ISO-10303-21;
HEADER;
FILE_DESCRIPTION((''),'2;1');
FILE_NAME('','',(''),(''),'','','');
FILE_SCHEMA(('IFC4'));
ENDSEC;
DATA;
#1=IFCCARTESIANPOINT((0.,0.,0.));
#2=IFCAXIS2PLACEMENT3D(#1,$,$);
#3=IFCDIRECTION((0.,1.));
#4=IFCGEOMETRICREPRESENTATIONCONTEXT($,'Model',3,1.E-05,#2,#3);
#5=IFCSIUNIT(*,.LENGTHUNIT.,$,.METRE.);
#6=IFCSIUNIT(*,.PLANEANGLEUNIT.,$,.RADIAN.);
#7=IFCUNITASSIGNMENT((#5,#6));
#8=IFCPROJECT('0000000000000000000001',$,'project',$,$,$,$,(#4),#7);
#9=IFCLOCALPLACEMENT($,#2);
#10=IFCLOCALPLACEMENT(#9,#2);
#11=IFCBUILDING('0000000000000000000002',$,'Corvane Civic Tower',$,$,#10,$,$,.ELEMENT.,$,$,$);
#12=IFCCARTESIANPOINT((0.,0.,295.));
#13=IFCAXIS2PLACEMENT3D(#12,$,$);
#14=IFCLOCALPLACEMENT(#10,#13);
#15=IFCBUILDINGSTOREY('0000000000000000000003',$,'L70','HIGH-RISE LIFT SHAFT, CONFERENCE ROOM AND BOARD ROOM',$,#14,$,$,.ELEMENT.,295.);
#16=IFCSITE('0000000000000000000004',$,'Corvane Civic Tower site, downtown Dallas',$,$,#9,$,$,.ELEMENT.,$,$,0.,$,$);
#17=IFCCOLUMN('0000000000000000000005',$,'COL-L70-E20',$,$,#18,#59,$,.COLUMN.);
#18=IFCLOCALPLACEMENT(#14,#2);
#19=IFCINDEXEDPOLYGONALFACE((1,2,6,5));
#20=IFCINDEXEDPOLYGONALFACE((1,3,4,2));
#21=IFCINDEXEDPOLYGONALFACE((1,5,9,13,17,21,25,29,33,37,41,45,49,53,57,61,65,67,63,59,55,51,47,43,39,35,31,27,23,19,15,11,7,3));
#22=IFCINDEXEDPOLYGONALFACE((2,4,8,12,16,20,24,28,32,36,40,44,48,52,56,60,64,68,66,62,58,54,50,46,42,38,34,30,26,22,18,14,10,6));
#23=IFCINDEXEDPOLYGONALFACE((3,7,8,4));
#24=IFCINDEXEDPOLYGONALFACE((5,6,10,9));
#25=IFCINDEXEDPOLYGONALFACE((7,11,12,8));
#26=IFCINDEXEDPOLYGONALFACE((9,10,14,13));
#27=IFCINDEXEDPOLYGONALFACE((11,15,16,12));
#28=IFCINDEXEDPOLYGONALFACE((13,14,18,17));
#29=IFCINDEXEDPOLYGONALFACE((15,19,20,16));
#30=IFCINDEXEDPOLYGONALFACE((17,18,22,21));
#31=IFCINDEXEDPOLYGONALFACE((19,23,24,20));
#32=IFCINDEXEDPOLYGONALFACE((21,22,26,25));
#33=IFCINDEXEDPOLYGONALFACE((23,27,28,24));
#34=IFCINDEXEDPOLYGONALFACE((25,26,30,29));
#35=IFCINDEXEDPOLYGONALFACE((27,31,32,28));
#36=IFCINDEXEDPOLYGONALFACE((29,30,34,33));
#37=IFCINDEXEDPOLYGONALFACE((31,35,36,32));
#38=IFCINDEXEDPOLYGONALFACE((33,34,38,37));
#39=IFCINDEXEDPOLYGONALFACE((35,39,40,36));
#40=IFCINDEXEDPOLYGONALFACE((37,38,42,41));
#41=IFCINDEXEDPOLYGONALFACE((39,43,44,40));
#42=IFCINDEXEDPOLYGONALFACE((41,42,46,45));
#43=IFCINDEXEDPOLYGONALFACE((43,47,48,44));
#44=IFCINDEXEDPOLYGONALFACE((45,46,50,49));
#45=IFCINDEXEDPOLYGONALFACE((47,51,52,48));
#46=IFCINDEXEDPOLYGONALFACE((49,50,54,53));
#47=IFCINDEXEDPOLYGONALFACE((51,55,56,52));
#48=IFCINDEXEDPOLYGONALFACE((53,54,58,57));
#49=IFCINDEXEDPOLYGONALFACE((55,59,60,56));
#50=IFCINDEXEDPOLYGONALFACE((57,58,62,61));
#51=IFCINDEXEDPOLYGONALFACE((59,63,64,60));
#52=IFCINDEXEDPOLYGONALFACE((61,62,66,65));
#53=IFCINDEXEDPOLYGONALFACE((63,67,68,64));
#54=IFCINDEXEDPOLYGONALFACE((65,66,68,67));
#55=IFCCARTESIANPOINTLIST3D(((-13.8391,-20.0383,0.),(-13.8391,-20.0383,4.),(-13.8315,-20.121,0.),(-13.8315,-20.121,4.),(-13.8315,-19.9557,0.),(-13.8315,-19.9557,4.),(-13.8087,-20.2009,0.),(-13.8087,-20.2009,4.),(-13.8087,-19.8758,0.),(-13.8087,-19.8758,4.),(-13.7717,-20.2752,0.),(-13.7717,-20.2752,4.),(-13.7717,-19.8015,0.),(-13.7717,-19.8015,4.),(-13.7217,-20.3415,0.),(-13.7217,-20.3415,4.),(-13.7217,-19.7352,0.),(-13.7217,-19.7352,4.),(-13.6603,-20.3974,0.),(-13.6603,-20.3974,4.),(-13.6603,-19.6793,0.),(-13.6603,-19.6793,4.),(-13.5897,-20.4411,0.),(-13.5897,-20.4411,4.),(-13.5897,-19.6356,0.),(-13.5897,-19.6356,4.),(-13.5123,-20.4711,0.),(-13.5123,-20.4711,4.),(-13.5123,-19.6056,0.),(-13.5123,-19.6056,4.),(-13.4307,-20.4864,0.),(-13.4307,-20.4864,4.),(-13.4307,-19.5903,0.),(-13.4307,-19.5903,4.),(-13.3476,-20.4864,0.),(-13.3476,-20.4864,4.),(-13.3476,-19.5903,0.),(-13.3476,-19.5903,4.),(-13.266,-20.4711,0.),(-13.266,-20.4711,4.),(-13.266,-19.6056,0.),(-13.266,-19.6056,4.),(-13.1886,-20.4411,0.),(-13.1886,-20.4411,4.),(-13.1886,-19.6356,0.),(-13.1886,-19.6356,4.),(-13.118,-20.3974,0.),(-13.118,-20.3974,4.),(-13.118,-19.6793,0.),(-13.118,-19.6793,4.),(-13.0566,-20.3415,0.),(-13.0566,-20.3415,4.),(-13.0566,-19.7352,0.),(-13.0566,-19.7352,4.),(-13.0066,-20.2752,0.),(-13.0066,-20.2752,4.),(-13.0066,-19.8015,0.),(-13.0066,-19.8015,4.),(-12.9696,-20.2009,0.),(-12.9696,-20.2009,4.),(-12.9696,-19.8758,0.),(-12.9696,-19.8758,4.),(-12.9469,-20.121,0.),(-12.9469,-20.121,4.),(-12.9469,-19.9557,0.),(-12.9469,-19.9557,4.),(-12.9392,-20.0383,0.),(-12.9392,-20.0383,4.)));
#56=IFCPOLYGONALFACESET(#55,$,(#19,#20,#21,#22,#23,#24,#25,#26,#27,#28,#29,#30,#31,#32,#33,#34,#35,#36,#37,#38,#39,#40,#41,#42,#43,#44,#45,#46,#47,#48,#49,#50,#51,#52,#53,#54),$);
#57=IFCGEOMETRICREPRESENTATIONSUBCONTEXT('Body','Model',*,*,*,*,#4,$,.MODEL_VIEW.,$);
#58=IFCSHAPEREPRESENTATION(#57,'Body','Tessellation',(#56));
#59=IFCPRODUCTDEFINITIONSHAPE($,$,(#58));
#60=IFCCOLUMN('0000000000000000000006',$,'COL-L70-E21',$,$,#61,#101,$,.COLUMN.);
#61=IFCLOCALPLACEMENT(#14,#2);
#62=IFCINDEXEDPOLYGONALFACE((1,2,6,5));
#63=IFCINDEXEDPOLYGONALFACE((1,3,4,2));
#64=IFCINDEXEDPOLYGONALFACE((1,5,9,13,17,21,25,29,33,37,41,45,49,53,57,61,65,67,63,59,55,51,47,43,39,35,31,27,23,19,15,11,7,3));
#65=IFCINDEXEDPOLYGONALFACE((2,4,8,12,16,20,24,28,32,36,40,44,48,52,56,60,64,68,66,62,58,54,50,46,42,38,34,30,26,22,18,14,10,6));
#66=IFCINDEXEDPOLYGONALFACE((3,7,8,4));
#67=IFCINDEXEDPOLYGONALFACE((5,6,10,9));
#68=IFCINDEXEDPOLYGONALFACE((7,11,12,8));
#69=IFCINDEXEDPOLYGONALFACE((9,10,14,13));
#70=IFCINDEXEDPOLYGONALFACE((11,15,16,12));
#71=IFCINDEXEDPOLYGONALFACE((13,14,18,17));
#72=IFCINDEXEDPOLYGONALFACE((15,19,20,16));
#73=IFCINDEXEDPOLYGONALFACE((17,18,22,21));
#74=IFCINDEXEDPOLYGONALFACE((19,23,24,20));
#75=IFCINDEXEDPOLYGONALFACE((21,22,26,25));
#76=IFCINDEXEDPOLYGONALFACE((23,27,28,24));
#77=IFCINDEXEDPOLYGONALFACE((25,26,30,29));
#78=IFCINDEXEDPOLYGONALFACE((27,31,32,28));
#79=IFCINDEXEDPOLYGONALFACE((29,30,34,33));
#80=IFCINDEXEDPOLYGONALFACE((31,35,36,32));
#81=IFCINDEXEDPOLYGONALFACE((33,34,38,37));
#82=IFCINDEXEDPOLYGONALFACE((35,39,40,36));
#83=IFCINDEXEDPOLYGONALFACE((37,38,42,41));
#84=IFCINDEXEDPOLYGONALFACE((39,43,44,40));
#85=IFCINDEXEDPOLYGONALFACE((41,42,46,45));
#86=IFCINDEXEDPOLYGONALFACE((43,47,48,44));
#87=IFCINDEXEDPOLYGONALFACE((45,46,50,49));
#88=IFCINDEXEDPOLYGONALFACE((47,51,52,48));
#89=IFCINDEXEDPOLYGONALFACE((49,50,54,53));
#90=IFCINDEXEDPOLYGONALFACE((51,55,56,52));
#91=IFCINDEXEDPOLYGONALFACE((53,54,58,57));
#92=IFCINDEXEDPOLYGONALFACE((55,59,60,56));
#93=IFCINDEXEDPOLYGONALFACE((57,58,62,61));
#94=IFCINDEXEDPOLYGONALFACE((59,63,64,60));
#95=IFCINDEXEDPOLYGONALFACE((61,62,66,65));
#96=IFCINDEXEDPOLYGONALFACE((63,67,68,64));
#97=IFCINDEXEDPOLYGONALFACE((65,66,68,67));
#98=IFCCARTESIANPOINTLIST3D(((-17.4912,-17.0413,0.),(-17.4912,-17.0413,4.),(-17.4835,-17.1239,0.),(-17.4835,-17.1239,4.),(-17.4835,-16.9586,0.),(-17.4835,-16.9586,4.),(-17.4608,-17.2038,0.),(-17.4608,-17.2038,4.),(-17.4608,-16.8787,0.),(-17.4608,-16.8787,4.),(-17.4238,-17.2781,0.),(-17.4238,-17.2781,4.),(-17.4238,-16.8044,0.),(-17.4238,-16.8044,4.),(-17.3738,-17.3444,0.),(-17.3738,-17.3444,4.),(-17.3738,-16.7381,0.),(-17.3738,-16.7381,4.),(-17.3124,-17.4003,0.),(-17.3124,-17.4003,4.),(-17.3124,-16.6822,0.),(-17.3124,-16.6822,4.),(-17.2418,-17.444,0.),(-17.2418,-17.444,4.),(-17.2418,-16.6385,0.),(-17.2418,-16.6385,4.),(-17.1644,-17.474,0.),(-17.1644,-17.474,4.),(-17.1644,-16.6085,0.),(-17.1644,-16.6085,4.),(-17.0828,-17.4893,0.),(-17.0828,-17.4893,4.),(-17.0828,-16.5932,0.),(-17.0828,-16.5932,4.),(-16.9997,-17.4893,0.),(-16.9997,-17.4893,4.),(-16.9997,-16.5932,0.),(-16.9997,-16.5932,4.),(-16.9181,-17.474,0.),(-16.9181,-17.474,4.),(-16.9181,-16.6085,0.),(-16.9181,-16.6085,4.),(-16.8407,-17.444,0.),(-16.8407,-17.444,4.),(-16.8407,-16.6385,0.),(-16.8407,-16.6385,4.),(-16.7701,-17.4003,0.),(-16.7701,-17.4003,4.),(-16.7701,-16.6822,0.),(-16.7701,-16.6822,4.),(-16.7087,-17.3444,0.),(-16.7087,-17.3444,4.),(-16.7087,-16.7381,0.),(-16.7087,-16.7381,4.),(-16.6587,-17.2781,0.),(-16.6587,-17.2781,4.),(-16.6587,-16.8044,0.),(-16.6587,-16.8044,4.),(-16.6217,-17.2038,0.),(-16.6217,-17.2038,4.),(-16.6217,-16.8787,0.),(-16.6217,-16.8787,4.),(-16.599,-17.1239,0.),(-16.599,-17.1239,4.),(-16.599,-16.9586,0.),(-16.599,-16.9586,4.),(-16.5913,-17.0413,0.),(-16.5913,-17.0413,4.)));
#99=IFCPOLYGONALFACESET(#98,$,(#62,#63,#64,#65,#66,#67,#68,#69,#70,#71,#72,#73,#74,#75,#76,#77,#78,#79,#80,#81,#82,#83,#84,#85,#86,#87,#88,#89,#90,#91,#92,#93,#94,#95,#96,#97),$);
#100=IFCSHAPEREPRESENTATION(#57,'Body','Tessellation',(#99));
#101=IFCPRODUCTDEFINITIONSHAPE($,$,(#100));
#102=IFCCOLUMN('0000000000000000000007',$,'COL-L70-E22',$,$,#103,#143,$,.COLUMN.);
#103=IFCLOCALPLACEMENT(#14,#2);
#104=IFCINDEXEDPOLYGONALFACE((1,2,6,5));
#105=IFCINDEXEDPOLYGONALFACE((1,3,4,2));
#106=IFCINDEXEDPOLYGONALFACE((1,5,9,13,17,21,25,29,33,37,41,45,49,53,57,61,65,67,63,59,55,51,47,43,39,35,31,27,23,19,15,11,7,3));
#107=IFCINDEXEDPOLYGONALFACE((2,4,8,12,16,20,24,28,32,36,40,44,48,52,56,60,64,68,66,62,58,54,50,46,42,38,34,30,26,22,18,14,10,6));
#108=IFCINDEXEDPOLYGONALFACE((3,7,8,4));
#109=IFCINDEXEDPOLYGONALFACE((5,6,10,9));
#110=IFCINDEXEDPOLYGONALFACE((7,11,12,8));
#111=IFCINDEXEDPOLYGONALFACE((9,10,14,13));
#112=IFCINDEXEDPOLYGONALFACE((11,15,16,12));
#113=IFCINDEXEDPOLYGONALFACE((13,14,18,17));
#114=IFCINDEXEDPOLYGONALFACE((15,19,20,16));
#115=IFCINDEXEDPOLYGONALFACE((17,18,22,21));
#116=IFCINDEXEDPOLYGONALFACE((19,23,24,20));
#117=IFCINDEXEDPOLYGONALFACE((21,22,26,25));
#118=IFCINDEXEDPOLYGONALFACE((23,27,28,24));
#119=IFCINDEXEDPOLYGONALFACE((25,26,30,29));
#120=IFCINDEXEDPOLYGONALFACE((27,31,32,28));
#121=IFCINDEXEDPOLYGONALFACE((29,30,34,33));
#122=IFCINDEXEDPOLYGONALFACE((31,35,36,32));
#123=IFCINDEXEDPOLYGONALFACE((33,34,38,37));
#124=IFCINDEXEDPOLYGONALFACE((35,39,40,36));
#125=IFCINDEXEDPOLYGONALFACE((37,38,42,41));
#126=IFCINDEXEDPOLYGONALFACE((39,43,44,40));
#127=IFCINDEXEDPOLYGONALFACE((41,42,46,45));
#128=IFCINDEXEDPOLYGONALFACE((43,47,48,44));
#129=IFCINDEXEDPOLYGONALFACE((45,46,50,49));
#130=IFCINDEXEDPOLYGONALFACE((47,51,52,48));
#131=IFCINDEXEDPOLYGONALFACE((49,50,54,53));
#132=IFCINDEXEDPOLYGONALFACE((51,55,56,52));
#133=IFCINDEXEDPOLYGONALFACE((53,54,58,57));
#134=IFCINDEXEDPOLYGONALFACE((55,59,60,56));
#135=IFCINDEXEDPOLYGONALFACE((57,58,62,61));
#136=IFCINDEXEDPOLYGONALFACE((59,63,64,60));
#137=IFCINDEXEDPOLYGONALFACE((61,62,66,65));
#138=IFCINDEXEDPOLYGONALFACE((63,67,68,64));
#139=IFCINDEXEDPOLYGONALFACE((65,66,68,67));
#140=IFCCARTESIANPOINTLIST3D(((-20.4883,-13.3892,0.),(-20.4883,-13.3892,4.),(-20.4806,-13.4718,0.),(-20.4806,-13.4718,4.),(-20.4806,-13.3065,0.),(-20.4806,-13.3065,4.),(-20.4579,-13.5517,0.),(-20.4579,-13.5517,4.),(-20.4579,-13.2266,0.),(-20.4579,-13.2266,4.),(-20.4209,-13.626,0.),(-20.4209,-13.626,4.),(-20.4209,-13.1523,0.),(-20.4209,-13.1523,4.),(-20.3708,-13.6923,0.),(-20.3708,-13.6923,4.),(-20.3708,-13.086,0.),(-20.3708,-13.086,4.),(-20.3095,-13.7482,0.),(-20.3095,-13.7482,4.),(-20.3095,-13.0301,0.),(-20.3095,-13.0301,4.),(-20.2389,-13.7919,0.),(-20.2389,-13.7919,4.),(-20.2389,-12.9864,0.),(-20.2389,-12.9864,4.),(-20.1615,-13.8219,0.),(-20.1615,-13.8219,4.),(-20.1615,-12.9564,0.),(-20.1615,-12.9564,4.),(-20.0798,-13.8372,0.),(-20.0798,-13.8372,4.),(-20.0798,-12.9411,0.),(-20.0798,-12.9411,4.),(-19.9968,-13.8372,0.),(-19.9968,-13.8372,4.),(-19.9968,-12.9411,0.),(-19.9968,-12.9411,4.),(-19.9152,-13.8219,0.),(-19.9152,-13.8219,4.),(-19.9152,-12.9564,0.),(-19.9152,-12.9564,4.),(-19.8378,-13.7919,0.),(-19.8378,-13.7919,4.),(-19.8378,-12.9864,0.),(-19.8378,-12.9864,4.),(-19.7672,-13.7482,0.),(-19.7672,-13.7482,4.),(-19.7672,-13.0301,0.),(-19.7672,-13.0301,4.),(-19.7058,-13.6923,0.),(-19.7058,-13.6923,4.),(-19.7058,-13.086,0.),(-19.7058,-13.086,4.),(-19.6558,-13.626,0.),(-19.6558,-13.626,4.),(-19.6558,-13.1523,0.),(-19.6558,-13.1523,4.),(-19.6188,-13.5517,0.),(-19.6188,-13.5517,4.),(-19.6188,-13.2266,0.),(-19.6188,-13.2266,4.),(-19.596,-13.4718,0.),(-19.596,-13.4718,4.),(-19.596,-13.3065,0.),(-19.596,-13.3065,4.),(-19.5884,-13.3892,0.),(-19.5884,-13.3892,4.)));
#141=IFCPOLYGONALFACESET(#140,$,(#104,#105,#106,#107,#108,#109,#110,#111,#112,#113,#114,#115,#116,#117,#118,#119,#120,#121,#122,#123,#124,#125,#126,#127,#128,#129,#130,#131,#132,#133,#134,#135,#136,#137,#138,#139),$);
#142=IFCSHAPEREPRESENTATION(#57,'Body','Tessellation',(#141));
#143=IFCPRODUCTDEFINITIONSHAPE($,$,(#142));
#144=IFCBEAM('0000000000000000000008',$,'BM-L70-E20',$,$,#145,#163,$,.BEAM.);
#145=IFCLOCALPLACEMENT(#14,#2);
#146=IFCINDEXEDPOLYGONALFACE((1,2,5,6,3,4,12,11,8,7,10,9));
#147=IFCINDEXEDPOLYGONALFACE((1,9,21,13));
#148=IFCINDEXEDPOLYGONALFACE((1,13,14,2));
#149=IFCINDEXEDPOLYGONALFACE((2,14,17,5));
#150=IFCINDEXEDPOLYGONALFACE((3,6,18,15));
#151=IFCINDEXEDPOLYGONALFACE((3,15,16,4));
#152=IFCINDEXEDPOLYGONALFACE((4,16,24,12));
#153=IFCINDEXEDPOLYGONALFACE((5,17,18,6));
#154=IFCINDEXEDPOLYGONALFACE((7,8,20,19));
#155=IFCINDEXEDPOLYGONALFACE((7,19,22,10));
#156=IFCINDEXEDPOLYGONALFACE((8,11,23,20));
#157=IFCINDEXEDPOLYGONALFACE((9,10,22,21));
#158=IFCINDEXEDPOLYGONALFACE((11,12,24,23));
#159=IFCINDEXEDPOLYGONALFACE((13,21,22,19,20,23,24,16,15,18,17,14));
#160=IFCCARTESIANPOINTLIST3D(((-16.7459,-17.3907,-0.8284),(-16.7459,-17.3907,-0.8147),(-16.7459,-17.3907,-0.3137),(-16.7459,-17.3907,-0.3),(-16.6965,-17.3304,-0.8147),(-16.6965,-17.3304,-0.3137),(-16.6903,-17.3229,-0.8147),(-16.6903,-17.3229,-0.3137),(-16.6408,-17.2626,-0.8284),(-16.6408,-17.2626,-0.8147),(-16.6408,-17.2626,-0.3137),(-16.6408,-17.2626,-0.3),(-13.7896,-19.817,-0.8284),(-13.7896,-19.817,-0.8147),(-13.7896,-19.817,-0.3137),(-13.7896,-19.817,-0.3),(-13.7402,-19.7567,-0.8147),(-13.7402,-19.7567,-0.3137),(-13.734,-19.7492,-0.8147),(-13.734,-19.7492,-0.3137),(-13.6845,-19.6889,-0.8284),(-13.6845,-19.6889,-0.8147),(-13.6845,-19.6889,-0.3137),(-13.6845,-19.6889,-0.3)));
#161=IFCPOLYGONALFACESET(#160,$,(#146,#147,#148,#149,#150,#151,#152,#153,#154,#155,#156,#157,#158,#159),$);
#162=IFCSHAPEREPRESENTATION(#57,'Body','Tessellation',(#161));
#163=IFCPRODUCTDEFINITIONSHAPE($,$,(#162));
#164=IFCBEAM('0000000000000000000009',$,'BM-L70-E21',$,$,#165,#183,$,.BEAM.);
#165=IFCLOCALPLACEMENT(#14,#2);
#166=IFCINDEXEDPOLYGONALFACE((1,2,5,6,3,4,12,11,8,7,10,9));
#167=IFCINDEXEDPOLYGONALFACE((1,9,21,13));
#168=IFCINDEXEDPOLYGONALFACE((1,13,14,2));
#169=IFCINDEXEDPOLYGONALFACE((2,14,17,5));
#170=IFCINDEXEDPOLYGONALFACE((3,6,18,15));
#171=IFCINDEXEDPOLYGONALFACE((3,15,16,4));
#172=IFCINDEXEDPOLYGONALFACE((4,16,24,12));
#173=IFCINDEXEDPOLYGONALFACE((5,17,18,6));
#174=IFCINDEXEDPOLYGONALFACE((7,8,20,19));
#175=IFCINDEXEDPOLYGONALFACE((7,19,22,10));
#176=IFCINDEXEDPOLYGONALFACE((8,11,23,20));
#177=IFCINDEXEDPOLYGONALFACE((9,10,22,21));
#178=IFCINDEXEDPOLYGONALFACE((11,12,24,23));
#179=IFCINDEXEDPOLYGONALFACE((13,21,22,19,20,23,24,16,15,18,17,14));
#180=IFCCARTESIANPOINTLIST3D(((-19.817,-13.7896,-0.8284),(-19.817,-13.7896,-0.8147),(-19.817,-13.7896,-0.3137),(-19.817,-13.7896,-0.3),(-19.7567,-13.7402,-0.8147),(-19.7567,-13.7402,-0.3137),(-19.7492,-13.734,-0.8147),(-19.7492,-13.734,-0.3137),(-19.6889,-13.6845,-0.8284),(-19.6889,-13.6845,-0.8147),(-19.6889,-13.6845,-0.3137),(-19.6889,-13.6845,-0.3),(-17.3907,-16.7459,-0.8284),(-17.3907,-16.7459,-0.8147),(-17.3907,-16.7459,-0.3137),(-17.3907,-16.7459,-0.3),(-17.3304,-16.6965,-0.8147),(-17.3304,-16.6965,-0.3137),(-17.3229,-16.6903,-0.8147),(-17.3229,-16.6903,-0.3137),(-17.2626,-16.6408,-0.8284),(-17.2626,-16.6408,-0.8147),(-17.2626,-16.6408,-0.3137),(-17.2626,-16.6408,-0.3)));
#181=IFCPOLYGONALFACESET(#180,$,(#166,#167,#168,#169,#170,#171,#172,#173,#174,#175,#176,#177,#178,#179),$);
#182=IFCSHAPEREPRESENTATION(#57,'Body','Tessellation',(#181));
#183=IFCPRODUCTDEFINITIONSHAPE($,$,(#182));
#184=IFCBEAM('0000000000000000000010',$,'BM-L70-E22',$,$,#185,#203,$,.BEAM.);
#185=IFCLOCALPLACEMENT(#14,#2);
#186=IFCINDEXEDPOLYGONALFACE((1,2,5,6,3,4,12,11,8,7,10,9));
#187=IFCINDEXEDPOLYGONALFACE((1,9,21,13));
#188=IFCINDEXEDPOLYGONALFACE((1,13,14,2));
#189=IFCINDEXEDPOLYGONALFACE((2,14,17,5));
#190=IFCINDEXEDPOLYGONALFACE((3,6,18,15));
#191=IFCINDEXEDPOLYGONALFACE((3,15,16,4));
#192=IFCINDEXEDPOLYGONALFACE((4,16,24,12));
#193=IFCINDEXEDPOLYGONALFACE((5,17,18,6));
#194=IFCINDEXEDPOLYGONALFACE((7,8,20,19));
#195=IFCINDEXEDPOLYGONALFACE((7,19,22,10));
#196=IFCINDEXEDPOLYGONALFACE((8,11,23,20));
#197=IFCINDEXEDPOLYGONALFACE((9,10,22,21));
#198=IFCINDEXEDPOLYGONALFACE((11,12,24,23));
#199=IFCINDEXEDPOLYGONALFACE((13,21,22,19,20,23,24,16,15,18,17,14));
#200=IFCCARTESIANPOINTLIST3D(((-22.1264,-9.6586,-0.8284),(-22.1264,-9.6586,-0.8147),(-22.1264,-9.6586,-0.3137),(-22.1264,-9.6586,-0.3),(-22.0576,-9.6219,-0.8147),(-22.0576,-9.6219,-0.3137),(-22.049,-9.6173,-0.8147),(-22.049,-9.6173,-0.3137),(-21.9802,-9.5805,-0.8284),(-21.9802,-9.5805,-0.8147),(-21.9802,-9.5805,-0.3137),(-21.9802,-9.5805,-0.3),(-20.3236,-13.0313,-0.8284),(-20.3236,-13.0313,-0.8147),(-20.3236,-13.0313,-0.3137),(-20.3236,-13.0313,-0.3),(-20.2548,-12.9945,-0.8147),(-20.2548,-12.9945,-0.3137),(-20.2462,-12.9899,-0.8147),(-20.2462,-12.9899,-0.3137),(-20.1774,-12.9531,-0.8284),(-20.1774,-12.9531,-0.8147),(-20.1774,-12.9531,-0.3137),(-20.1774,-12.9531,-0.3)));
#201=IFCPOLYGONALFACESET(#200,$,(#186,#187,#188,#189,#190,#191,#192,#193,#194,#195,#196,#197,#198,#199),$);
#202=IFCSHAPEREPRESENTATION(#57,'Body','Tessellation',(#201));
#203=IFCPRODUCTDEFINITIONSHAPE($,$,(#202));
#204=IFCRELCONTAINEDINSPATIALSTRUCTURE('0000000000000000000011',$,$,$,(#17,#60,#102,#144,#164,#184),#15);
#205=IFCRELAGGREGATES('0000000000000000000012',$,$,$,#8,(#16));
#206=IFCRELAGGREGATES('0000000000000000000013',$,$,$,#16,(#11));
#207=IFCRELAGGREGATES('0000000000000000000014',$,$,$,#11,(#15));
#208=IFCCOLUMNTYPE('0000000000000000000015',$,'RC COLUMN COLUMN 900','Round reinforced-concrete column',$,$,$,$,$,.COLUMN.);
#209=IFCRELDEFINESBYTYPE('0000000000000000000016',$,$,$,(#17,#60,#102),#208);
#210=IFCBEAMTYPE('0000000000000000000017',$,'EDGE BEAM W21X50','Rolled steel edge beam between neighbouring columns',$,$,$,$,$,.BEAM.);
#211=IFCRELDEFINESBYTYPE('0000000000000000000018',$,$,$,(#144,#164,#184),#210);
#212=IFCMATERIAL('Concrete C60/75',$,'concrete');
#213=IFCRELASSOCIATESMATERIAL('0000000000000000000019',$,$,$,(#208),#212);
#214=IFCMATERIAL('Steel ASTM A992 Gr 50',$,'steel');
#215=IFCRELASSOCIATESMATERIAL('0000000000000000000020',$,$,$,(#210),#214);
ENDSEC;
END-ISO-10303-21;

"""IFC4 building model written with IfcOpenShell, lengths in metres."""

from ifc_helpers import new_model, si_unit, direction, frame, origin, origin_2d, place, context, subcontext, project, spatial, circle, i_section, extrude, material, material_profile, profile_set, type_object, element, save


model = new_model("IFC4")

# Units and contexts
model_context = context("Model", 3, precision=1e-05, world=origin(), true_north=direction((0.0, 1.0)))
body_context = subcontext(model_context, "Body", "Model", "MODEL_VIEW")
ifc_project = project(units=[si_unit("LENGTHUNIT", "METRE"), si_unit("PLANEANGLEUNIT", "RADIAN")], contexts=[model_context])

# Site, building, storey
site_placement = place(None, origin())
site = spatial("IfcSite", under=ifc_project, at=site_placement, Name="Corvane Civic Tower site, downtown Dallas", CompositionType="ELEMENT", RefElevation=0.0)
building_placement = place(site_placement, origin())
building = spatial("IfcBuilding", under=site, at=building_placement, Name="Corvane Civic Tower", CompositionType="ELEMENT")
storey_placement = place(building_placement, frame((0.0, 0.0, 295.0)))
storey = spatial("IfcBuildingStorey", under=building, at=storey_placement, Name="L70", Description="HIGH-RISE LIFT SHAFT, CONFERENCE ROOM AND BOARD ROOM", CompositionType="ELEMENT", Elevation=295.0)

# Columns
ifc_material_1 = material(Name="Concrete C60/75", Category="concrete")
ifc_material_profile_1 = material_profile(ifc_material_1, circle(Radius=0.45, at=origin_2d()), Name="COLUMN 900")
ifc_profile_set_1 = profile_set([ifc_material_profile_1], Name="Concrete C60/75")
column_type = type_object("IfcColumnType", Name="RC COLUMN COLUMN 900", Description="Round reinforced-concrete column", PredefinedType="COLUMN", material=ifc_profile_set_1)
for number, where, z_axis, x_axis, name in (
    (1, (-13.3892, -20.0383, 0.0), (0.0, 0.0, 1.0), (1.0, 0.0, 0.0), "COL-L70-E20"),
    (2, (-17.0413, -17.0413, 0.0), (0.0, 0.0, 1.0), (1.0, 0.0, 0.0), "COL-L70-E21"),
    (3, (-20.0383, -13.3892, 0.0), (0.0, 0.0, 1.0), (1.0, 0.0, 0.0), "COL-L70-E22"),
):
    element("IfcColumn", number, at=place(storey_placement, frame(where, z_axis=z_axis, x_axis=x_axis)), inside=storey, type_object=column_type, Name=name, PredefinedType="COLUMN", context=body_context, shape_type="SweptSolid", body=[
        extrude(circle(Radius=0.45, at=origin_2d()), origin(), (0.0, 0.0, 1.0), 4.0),
    ])

# Beams
ifc_material_2 = material(Name="Steel ASTM A992 Gr 50", Category="steel")
ifc_material_profile_2 = material_profile(ifc_material_2, i_section(OverallWidth=0.1658, OverallDepth=0.5283, WebThickness=0.0098, FlangeThickness=0.0137, at=origin_2d()), Name="W21X50")
ifc_profile_set_2 = profile_set([ifc_material_profile_2], Name="Steel ASTM A992 Gr 50")
beam_type = type_object("IfcBeamType", Name="EDGE BEAM W21X50", Description="Rolled steel edge beam between neighbouring columns", PredefinedType="BEAM", material=ifc_profile_set_2)
for number, where, z_axis, x_axis, name in (
    (4, (-13.7371, -19.7529, -0.5642), (-0.772998, 0.634409, 0.0), (-0.634409, -0.772998, 0.0), "BM-L70-E20"),
    (5, (-17.3267, -16.6934, -0.5642), (-0.634409, 0.772998, 0.0), (-0.772998, -0.634409, 0.0), "BM-L70-E21"),
):
    element("IfcBeam", number, at=place(storey_placement, frame(where, z_axis=z_axis, x_axis=x_axis)), inside=storey, type_object=beam_type, Name=name, PredefinedType="BEAM", context=body_context, shape_type="SweptSolid", body=[
        extrude(i_section(OverallWidth=0.1658, OverallDepth=0.5283, WebThickness=0.0098, FlangeThickness=0.0137, at=origin_2d()), origin(), (0.0, 0.0, 1.0), 3.8245),
    ])
beam_placement = place(storey_placement, frame((-20.2505, -12.9922, -0.5642), z_axis=(-0.47141, 0.881914, 0.0), x_axis=(-0.881914, -0.47141, 0.0)))
element("IfcBeam", 6, at=beam_placement, inside=storey, type_object=beam_type, Name="BM-L70-E22", PredefinedType="BEAM", context=body_context, shape_type="SweptSolid", body=[
    extrude(i_section(OverallWidth=0.1658, OverallDepth=0.5283, WebThickness=0.0098, FlangeThickness=0.0137, at=origin_2d()), origin(), (0.0, 0.0, 1.0), 3.8242),
])

save(model, "model.ifc")
